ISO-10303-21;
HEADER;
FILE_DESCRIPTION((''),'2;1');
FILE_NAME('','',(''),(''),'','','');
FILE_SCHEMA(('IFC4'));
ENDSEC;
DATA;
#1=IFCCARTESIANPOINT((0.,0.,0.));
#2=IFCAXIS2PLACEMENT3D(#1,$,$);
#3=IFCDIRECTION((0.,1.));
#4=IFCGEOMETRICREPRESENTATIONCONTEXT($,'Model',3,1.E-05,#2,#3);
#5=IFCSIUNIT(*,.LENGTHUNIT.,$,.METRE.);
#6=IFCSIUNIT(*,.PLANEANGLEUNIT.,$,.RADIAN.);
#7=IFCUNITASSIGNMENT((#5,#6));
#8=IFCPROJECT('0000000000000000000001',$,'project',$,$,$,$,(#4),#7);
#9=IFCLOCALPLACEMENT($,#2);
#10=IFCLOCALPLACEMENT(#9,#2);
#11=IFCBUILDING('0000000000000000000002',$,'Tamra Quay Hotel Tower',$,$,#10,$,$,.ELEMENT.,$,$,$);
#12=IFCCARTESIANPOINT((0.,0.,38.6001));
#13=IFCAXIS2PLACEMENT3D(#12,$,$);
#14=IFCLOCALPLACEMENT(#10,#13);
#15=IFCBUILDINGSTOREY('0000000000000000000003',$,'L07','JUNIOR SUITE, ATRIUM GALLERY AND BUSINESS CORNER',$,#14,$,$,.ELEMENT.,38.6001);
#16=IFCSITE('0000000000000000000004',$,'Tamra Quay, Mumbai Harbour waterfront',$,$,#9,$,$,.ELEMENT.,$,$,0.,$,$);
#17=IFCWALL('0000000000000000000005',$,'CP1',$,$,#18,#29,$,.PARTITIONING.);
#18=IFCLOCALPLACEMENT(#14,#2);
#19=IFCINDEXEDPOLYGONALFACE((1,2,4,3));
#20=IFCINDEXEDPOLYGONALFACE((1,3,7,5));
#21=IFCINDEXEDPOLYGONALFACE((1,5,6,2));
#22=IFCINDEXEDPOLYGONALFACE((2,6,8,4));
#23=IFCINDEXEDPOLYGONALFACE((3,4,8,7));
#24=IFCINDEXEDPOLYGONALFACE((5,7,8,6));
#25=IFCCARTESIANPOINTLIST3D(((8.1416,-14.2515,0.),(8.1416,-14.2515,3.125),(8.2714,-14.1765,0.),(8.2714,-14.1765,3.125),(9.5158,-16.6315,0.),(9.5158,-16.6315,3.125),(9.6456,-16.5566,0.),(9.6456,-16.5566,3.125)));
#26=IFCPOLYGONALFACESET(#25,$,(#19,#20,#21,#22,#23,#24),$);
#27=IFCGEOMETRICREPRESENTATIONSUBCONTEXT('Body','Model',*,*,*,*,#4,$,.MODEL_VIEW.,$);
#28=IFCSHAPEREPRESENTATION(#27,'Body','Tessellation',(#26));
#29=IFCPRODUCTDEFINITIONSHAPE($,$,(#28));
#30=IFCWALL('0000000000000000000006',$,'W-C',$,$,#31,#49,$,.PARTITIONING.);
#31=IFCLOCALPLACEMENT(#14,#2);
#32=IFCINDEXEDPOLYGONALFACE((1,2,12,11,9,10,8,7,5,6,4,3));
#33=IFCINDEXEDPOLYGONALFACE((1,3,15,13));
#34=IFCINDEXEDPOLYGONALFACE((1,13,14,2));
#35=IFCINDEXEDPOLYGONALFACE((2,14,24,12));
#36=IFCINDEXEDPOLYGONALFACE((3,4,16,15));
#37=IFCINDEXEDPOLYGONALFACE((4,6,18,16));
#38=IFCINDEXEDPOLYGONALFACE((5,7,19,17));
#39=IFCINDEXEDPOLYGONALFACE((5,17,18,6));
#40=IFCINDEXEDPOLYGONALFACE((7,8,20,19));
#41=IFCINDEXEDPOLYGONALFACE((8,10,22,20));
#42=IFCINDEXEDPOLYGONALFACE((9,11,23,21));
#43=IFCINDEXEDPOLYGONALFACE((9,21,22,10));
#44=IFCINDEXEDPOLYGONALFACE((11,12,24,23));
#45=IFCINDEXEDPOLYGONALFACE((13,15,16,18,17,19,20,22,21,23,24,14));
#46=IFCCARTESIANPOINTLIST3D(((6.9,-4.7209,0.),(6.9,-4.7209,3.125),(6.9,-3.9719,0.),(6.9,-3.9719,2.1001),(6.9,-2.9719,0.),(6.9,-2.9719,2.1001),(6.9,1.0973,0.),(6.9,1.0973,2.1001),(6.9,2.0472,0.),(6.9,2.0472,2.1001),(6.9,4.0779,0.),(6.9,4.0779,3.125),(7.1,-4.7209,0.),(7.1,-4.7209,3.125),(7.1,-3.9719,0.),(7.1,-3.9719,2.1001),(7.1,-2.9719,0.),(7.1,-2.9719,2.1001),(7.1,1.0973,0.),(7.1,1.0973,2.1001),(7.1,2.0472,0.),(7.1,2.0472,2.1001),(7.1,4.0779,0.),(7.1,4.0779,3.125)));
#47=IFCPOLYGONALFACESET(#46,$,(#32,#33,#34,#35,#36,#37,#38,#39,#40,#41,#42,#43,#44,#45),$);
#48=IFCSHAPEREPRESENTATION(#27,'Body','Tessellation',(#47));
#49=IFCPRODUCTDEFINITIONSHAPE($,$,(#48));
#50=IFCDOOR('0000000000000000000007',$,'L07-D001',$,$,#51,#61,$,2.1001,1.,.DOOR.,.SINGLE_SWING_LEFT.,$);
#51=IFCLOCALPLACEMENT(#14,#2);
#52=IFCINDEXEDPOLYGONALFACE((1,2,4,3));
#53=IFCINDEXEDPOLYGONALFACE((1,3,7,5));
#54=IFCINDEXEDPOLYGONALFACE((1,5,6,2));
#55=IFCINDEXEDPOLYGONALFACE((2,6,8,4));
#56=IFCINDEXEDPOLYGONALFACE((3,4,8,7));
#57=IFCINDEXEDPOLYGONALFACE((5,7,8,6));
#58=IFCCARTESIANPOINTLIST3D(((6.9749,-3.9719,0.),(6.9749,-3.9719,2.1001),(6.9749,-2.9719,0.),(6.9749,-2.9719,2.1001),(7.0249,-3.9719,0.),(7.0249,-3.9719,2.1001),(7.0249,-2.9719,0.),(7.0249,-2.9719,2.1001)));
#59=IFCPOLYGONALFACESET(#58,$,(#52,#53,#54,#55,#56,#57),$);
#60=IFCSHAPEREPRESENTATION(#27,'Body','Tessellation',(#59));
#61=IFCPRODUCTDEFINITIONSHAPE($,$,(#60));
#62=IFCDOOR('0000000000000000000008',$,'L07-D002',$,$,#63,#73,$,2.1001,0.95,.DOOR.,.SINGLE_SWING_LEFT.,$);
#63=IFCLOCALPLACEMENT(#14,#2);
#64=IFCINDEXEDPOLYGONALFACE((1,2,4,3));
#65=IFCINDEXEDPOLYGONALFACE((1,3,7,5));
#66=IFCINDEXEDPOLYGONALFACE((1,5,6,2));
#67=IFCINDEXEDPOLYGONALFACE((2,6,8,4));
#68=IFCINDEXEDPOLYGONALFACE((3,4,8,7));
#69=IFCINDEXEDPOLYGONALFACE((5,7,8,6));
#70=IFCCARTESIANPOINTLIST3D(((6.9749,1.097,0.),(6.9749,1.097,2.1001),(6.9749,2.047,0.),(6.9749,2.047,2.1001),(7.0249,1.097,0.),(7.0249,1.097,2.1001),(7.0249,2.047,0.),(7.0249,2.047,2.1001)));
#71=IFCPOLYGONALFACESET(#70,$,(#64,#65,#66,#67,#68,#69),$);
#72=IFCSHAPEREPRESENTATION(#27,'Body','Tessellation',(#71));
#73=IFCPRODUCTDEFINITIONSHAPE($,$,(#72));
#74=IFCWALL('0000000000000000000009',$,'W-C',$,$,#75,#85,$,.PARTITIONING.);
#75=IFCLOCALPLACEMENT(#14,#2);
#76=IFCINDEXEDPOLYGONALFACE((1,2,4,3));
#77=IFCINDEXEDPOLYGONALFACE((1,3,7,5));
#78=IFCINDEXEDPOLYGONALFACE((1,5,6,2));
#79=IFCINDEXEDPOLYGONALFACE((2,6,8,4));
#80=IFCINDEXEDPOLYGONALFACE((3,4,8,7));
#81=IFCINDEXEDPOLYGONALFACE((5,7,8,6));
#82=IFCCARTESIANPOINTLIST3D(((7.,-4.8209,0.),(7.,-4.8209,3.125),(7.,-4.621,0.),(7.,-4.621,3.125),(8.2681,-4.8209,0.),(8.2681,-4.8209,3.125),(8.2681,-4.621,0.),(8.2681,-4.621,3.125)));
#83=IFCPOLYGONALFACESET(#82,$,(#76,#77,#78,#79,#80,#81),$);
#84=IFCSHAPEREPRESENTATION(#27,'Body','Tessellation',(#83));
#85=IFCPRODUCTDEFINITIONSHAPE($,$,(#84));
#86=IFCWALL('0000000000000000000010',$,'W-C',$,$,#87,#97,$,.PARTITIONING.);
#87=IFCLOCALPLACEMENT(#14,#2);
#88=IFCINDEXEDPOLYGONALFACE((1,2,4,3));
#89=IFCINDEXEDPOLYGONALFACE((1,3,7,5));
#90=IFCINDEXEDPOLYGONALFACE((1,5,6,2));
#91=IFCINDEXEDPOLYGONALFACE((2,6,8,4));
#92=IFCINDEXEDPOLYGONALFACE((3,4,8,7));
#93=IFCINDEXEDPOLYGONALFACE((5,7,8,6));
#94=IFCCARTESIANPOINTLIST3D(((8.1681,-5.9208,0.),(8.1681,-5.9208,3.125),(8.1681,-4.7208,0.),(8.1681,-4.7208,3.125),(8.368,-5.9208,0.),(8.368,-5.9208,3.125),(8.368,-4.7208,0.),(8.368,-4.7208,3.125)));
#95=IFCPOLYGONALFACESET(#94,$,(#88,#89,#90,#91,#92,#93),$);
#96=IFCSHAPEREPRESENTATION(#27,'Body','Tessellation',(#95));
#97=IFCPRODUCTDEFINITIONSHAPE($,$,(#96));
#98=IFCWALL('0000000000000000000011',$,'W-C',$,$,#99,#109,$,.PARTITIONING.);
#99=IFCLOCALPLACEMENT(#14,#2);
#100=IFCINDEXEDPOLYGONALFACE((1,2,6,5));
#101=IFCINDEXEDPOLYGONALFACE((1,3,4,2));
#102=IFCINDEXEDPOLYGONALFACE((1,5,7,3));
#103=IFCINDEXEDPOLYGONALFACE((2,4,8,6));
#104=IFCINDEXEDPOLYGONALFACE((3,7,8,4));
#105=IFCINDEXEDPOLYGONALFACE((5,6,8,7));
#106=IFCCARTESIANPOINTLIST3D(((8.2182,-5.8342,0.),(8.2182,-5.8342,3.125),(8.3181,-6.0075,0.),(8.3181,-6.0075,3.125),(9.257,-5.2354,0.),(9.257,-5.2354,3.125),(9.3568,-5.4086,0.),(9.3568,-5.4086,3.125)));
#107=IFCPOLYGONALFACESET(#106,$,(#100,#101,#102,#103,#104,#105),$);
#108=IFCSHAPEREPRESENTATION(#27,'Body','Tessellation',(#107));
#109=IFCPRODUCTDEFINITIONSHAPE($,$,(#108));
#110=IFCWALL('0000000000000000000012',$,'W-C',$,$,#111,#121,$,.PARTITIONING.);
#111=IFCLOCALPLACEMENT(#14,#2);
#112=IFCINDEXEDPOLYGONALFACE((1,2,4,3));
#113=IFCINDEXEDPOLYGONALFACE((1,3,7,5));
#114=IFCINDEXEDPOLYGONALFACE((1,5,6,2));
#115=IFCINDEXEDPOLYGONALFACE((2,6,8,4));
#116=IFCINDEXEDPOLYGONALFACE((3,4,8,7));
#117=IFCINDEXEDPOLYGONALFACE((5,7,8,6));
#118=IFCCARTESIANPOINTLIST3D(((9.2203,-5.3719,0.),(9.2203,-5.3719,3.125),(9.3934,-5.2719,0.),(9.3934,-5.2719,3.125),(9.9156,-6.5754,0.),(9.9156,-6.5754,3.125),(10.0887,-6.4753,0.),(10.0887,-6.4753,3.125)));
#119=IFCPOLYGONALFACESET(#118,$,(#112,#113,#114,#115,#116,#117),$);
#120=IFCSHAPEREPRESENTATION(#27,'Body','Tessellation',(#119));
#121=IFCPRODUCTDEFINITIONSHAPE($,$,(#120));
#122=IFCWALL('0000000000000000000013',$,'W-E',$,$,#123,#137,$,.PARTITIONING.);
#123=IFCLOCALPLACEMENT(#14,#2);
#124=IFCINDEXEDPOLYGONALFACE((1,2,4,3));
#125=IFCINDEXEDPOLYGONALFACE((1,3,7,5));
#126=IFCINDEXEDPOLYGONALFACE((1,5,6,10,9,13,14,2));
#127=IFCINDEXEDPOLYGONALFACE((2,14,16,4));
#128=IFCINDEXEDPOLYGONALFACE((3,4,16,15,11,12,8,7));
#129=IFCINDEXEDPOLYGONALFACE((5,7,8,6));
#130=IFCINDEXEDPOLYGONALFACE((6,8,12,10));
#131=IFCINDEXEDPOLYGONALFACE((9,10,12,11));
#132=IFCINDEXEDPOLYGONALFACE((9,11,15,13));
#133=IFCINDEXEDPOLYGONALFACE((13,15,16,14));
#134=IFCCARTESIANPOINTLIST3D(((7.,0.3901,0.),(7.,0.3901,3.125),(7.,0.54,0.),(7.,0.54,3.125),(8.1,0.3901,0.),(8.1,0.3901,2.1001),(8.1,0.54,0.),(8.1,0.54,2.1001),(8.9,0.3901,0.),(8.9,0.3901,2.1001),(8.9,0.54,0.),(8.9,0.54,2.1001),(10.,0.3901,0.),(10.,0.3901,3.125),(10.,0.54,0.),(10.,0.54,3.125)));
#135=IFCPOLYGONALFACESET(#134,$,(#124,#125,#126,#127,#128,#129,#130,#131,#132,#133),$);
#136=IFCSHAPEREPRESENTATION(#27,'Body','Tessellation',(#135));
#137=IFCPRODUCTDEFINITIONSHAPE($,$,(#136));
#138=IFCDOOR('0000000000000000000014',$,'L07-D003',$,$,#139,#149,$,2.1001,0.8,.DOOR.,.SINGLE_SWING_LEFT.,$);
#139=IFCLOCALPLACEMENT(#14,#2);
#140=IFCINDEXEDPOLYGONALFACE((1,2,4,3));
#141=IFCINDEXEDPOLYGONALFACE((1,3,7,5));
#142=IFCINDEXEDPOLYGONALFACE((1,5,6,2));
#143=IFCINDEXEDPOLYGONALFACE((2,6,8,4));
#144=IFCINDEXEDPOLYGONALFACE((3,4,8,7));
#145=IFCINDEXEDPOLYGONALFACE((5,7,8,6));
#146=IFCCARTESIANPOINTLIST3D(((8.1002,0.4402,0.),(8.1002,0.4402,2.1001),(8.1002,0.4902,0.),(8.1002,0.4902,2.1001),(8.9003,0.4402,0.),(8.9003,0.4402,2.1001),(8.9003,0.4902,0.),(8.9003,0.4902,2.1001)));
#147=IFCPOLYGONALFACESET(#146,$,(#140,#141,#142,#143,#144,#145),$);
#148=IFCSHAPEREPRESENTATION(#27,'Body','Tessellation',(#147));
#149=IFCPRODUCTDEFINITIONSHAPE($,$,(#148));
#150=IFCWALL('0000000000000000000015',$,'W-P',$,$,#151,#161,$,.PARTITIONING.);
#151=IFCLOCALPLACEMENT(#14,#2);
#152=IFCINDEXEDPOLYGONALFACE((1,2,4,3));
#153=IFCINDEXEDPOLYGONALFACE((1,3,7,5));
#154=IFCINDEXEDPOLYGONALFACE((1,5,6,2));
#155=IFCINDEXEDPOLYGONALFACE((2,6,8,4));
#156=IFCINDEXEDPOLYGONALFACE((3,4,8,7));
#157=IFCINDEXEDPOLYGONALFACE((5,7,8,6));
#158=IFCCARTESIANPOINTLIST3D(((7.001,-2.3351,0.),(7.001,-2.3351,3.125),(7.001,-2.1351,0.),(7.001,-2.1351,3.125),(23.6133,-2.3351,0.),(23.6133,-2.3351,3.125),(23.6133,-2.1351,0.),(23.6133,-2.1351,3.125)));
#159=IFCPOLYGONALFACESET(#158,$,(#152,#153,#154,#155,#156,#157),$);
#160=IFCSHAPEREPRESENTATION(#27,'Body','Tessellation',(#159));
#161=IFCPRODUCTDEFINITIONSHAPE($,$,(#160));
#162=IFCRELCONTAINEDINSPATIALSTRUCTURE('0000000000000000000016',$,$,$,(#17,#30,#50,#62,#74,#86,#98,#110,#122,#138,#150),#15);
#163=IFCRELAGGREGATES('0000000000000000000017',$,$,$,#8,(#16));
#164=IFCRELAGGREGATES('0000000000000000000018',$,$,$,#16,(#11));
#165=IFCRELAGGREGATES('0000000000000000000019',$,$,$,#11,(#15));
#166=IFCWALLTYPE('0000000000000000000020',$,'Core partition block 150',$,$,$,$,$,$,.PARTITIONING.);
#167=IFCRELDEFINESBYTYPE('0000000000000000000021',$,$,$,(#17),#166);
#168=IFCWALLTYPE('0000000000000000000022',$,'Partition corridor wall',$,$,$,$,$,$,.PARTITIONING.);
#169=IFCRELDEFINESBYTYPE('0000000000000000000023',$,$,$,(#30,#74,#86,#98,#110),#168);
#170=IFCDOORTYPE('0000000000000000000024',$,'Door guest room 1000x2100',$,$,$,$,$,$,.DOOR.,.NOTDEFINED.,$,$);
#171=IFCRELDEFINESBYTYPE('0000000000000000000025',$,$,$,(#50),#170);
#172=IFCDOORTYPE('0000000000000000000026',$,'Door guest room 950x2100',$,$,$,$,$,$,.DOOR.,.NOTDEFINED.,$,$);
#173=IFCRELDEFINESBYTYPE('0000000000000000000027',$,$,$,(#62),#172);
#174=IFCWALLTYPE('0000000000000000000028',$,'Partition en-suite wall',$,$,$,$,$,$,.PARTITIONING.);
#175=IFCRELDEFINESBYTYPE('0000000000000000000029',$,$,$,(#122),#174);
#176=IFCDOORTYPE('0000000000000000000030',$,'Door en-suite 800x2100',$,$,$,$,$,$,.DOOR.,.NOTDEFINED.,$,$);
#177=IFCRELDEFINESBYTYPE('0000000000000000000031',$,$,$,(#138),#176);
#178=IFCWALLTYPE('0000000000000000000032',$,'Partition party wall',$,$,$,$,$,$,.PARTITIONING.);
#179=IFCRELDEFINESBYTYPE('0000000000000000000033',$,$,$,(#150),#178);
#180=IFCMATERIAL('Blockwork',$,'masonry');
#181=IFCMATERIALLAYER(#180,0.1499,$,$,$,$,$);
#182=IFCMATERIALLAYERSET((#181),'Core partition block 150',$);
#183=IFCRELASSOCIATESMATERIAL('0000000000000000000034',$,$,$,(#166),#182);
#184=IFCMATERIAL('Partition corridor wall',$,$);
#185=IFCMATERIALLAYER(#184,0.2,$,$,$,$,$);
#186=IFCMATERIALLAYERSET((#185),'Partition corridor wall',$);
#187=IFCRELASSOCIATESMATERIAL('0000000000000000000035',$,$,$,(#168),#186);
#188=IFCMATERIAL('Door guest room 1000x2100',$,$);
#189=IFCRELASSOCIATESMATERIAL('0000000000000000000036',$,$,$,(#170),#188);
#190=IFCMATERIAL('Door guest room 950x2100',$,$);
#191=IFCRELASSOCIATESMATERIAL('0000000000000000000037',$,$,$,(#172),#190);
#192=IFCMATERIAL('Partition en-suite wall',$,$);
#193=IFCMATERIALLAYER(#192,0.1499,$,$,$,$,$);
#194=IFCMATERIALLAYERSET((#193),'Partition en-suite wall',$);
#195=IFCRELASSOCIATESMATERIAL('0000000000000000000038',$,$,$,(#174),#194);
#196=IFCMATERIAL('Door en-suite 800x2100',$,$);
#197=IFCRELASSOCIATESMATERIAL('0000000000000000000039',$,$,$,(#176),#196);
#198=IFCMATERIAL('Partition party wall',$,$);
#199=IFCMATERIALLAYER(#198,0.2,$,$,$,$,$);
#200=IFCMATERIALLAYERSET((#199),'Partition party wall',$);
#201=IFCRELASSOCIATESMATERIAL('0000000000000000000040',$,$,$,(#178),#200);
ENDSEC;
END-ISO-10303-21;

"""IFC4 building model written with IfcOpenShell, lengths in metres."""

from ifc_helpers import new_model, si_unit, direction, frame, frame_2d, origin, place, context, subcontext, project, spatial, rectangle, extrude, material, layer, layer_set, type_object, element, fill, save


model = new_model("IFC4")

# Units and contexts
model_context = context("Model", 3, precision=1e-05, world=origin(), true_north=direction((0.0, 1.0)))
body_context = subcontext(model_context, "Body", "Model", "MODEL_VIEW")
ifc_project = project(units=[si_unit("LENGTHUNIT", "METRE"), si_unit("PLANEANGLEUNIT", "RADIAN")], contexts=[model_context])

# Site, building, storey
site_placement = place(None, origin())
site = spatial("IfcSite", under=ifc_project, at=site_placement, Name="Tamra Quay, Mumbai Harbour waterfront", CompositionType="ELEMENT", RefElevation=0.0)
building_placement = place(site_placement, origin())
building = spatial("IfcBuilding", under=site, at=building_placement, Name="Tamra Quay Hotel Tower", CompositionType="ELEMENT")
storey_placement = place(building_placement, frame((0.0, 0.0, 38.6001)))
storey = spatial("IfcBuildingStorey", under=building, at=storey_placement, Name="L07", Description="JUNIOR SUITE, ATRIUM GALLERY AND BUSINESS CORNER", CompositionType="ELEMENT", Elevation=38.6001)

# Wall
ifc_material_1 = material(Name="Blockwork", Category="masonry")
ifc_layer_1 = layer(ifc_material_1, 0.1499)
ifc_layer_set_1 = layer_set([ifc_layer_1], Name="Core partition block 150")
wall_type_1 = type_object("IfcWallType", Name="Core partition block 150", PredefinedType="PARTITIONING", material=ifc_layer_set_1)
wall_1_placement = place(storey_placement, frame((8.2065, -14.2141, 0.0), z_axis=(0.0, 0.0, 1.0), x_axis=(0.500027, -0.86601, 0.0)))
element("IfcWall", 1, at=wall_1_placement, inside=storey, type_object=wall_type_1, Name="CP1", PredefinedType="PARTITIONING", context=body_context, shape_type="SweptSolid", body=[
    extrude(rectangle(XDim=2.7483, YDim=0.1499, at=frame_2d((1.374, 0.0))), origin(), (0.0, 0.0, 1.0), 3.125),
])

# Wall, openings, doors
ifc_material_2 = material(Name="Partition corridor wall")
ifc_layer_2 = layer(ifc_material_2, 0.2)
ifc_layer_set_2 = layer_set([ifc_layer_2], Name="Partition corridor wall")
wall_type_2 = type_object("IfcWallType", Name="Partition corridor wall", PredefinedType="PARTITIONING", material=ifc_layer_set_2)
wall_2_placement = place(storey_placement, frame((7.0, -4.7209, 0.0), z_axis=(0.0, 0.0, 1.0), x_axis=(0.0, 1.0, 0.0)))
wall_2 = element("IfcWall", 2, at=wall_2_placement, inside=storey, type_object=wall_type_2, Name="W-C", PredefinedType="PARTITIONING", context=body_context, shape_type="SweptSolid", body=[
    extrude(rectangle(XDim=8.7988, YDim=0.2, at=frame_2d((4.3994, 0.0))), origin(), (0.0, 0.0, 1.0), 3.125),
])
opening_1_placement = place(wall_2_placement, frame((0.749, 0.0, 0.0)))
opening_1 = element("IfcOpeningElement", 3, at=opening_1_placement, cuts=wall_2, PredefinedType="OPENING", context=body_context, shape_type="SweptSolid", body=[
    extrude(rectangle(XDim=1.0, YDim=2.1001, at=frame_2d((0.5, 1.05))), frame((0.0, 0.1099, 0.0), z_axis=(0.0, -1.0, 0.0), x_axis=(1.0, 0.0, 0.0)), (0.0, 0.0, 1.0), 0.22),
])
opening_2_placement = place(wall_2_placement, frame((5.8181, 0.0, 0.0)))
opening_2 = element("IfcOpeningElement", 4, at=opening_2_placement, cuts=wall_2, PredefinedType="OPENING", context=body_context, shape_type="SweptSolid", body=[
    extrude(rectangle(XDim=0.95, YDim=2.1001, at=frame_2d((0.4751, 1.05))), frame((0.0, 0.1099, 0.0), z_axis=(0.0, -1.0, 0.0), x_axis=(1.0, 0.0, 0.0)), (0.0, 0.0, 1.0), 0.22),
])
ifc_material_3 = material(Name="Door guest room 1000x2100")
door_type_1 = type_object("IfcDoorType", Name="Door guest room 1000x2100", OperationType="NOTDEFINED", PredefinedType="DOOR", material=ifc_material_3)
door_1_placement = place(opening_1_placement, frame((1.0, 0.0, 0.0), z_axis=(0.0, 0.0, 1.0), x_axis=(-1.0, 0.0, 0.0)))
door_1 = element("IfcDoor", 5, at=door_1_placement, inside=storey, type_object=door_type_1, Name="L07-D001", OperationType="SINGLE_SWING_LEFT", OverallHeight=2.1001, OverallWidth=1.0, PredefinedType="DOOR", context=body_context, shape_type="SweptSolid", body=[
    extrude(rectangle(XDim=1.0, YDim=2.1001, at=frame_2d((0.5, 1.05))), frame((0.0, 0.0249, 0.0), z_axis=(0.0, -1.0, 0.0), x_axis=(1.0, 0.0, 0.0)), (0.0, 0.0, 1.0), 0.05),
])
fill(opening_1, door_1)
ifc_material_4 = material(Name="Door guest room 950x2100")
door_type_2 = type_object("IfcDoorType", Name="Door guest room 950x2100", OperationType="NOTDEFINED", PredefinedType="DOOR", material=ifc_material_4)
door_2_placement = place(opening_2_placement, frame((0.95, 0.0, 0.0), z_axis=(0.0, 0.0, 1.0), x_axis=(-1.0, 0.0, 0.0)))
door_2 = element("IfcDoor", 6, at=door_2_placement, inside=storey, type_object=door_type_2, Name="L07-D002", OperationType="SINGLE_SWING_LEFT", OverallHeight=2.1001, OverallWidth=0.95, PredefinedType="DOOR", context=body_context, shape_type="SweptSolid", body=[
    extrude(rectangle(XDim=0.95, YDim=2.1001, at=frame_2d((0.4751, 1.05))), frame((0.0, 0.0249, 0.0), z_axis=(0.0, -1.0, 0.0), x_axis=(1.0, 0.0, 0.0)), (0.0, 0.0, 1.0), 0.05),
])
fill(opening_2, door_2)

# Walls
wall_3_placement = place(storey_placement, frame((7.0, -4.7209, 0.0), z_axis=(0.0, 0.0, 1.0), x_axis=(1.0, 0.0, 0.0)))
element("IfcWall", 7, at=wall_3_placement, inside=storey, type_object=wall_type_2, Name="W-C", PredefinedType="PARTITIONING", context=body_context, shape_type="SweptSolid", body=[
    extrude(rectangle(XDim=1.2681, YDim=0.2, at=frame_2d((0.634, 0.0))), origin(), (0.0, 0.0, 1.0), 3.125),
])
wall_4_placement = place(storey_placement, frame((8.2681, -5.9209, 0.0), z_axis=(0.0, 0.0, 1.0), x_axis=(0.0, 1.0, 0.0)))
element("IfcWall", 8, at=wall_4_placement, inside=storey, type_object=wall_type_2, Name="W-C", PredefinedType="PARTITIONING", context=body_context, shape_type="SweptSolid", body=[
    extrude(rectangle(XDim=1.2, YDim=0.2, at=frame_2d((0.6001, 0.0))), origin(), (0.0, 0.0, 1.0), 3.125),
])
wall_5_placement = place(storey_placement, frame((8.2681, -5.9209, 0.0), z_axis=(0.0, 0.0, 1.0), x_axis=(0.866345, 0.499446, 0.0)))
element("IfcWall", 9, at=wall_5_placement, inside=storey, type_object=wall_type_2, Name="W-C", PredefinedType="PARTITIONING", context=body_context, shape_type="SweptSolid", body=[
    extrude(rectangle(XDim=1.199, YDim=0.2, at=frame_2d((0.5996, 0.0))), origin(), (0.0, 0.0, 1.0), 3.125),
])
wall_6_placement = place(storey_placement, frame((9.3069, -5.322, 0.0), z_axis=(0.0, 0.0, 1.0), x_axis=(0.500295, -0.865855, 0.0)))
element("IfcWall", 10, at=wall_6_placement, inside=storey, type_object=wall_type_2, Name="W-C", PredefinedType="PARTITIONING", context=body_context, shape_type="SweptSolid", body=[
    extrude(rectangle(XDim=1.3899, YDim=0.2, at=frame_2d((0.6948, 0.0))), origin(), (0.0, 0.0, 1.0), 3.125),
])

# Wall, opening, door
ifc_material_5 = material(Name="Partition en-suite wall")
ifc_layer_3 = layer(ifc_material_5, 0.1499)
ifc_layer_set_3 = layer_set([ifc_layer_3], Name="Partition en-suite wall")
wall_type_3 = type_object("IfcWallType", Name="Partition en-suite wall", PredefinedType="PARTITIONING", material=ifc_layer_set_3)
wall_7_placement = place(storey_placement, frame((7.0, 0.4651, 0.0), z_axis=(0.0, 0.0, 1.0), x_axis=(1.0, 0.0, 0.0)))
wall_7 = element("IfcWall", 11, at=wall_7_placement, inside=storey, type_object=wall_type_3, Name="W-E", PredefinedType="PARTITIONING", context=body_context, shape_type="SweptSolid", body=[
    extrude(rectangle(XDim=3.0, YDim=0.1499, at=frame_2d((1.5, 0.0))), origin(), (0.0, 0.0, 1.0), 3.125),
])
opening_3_placement = place(wall_7_placement, frame((1.1001, 0.0, 0.0)))
opening_3 = element("IfcOpeningElement", 12, at=opening_3_placement, cuts=wall_7, PredefinedType="OPENING", context=body_context, shape_type="SweptSolid", body=[
    extrude(rectangle(XDim=0.8, YDim=2.1001, at=frame_2d((0.3999, 1.05))), frame((0.0, 0.085, 0.0), z_axis=(0.0, -1.0, 0.0), x_axis=(1.0, 0.0, 0.0)), (0.0, 0.0, 1.0), 0.1699),
])
ifc_material_6 = material(Name="Door en-suite 800x2100")
door_type_3 = type_object("IfcDoorType", Name="Door en-suite 800x2100", OperationType="NOTDEFINED", PredefinedType="DOOR", material=ifc_material_6)
door_3_placement = place(opening_3_placement, frame((0.8, 0.0, 0.0), z_axis=(0.0, 0.0, 1.0), x_axis=(-1.0, 0.0, 0.0)))
door_3 = element("IfcDoor", 13, at=door_3_placement, inside=storey, type_object=door_type_3, Name="L07-D003", OperationType="SINGLE_SWING_LEFT", OverallHeight=2.1001, OverallWidth=0.8, PredefinedType="DOOR", context=body_context, shape_type="SweptSolid", body=[
    extrude(rectangle(XDim=0.8, YDim=2.1001, at=frame_2d((0.3999, 1.05))), frame((0.0, 0.0249, 0.0), z_axis=(0.0, -1.0, 0.0), x_axis=(1.0, 0.0, 0.0)), (0.0, 0.0, 1.0), 0.05),
])
fill(opening_3, door_3)

# Wall
ifc_material_7 = material(Name="Partition party wall")
ifc_layer_4 = layer(ifc_material_7, 0.2)
ifc_layer_set_4 = layer_set([ifc_layer_4], Name="Partition party wall")
wall_type_4 = type_object("IfcWallType", Name="Partition party wall", PredefinedType="PARTITIONING", material=ifc_layer_set_4)
wall_8_placement = place(storey_placement, frame((7.001, -2.2351, 0.0), z_axis=(0.0, 0.0, 1.0), x_axis=(1.0, 0.0, 0.0)))
element("IfcWall", 14, at=wall_8_placement, inside=storey, type_object=wall_type_4, Name="W-P", PredefinedType="PARTITIONING", context=body_context, shape_type="SweptSolid", body=[
    extrude(rectangle(XDim=16.6123, YDim=0.2, at=frame_2d((8.3062, 0.0))), origin(), (0.0, 0.0, 1.0), 3.125),
])

save(model, "model.ifc")
